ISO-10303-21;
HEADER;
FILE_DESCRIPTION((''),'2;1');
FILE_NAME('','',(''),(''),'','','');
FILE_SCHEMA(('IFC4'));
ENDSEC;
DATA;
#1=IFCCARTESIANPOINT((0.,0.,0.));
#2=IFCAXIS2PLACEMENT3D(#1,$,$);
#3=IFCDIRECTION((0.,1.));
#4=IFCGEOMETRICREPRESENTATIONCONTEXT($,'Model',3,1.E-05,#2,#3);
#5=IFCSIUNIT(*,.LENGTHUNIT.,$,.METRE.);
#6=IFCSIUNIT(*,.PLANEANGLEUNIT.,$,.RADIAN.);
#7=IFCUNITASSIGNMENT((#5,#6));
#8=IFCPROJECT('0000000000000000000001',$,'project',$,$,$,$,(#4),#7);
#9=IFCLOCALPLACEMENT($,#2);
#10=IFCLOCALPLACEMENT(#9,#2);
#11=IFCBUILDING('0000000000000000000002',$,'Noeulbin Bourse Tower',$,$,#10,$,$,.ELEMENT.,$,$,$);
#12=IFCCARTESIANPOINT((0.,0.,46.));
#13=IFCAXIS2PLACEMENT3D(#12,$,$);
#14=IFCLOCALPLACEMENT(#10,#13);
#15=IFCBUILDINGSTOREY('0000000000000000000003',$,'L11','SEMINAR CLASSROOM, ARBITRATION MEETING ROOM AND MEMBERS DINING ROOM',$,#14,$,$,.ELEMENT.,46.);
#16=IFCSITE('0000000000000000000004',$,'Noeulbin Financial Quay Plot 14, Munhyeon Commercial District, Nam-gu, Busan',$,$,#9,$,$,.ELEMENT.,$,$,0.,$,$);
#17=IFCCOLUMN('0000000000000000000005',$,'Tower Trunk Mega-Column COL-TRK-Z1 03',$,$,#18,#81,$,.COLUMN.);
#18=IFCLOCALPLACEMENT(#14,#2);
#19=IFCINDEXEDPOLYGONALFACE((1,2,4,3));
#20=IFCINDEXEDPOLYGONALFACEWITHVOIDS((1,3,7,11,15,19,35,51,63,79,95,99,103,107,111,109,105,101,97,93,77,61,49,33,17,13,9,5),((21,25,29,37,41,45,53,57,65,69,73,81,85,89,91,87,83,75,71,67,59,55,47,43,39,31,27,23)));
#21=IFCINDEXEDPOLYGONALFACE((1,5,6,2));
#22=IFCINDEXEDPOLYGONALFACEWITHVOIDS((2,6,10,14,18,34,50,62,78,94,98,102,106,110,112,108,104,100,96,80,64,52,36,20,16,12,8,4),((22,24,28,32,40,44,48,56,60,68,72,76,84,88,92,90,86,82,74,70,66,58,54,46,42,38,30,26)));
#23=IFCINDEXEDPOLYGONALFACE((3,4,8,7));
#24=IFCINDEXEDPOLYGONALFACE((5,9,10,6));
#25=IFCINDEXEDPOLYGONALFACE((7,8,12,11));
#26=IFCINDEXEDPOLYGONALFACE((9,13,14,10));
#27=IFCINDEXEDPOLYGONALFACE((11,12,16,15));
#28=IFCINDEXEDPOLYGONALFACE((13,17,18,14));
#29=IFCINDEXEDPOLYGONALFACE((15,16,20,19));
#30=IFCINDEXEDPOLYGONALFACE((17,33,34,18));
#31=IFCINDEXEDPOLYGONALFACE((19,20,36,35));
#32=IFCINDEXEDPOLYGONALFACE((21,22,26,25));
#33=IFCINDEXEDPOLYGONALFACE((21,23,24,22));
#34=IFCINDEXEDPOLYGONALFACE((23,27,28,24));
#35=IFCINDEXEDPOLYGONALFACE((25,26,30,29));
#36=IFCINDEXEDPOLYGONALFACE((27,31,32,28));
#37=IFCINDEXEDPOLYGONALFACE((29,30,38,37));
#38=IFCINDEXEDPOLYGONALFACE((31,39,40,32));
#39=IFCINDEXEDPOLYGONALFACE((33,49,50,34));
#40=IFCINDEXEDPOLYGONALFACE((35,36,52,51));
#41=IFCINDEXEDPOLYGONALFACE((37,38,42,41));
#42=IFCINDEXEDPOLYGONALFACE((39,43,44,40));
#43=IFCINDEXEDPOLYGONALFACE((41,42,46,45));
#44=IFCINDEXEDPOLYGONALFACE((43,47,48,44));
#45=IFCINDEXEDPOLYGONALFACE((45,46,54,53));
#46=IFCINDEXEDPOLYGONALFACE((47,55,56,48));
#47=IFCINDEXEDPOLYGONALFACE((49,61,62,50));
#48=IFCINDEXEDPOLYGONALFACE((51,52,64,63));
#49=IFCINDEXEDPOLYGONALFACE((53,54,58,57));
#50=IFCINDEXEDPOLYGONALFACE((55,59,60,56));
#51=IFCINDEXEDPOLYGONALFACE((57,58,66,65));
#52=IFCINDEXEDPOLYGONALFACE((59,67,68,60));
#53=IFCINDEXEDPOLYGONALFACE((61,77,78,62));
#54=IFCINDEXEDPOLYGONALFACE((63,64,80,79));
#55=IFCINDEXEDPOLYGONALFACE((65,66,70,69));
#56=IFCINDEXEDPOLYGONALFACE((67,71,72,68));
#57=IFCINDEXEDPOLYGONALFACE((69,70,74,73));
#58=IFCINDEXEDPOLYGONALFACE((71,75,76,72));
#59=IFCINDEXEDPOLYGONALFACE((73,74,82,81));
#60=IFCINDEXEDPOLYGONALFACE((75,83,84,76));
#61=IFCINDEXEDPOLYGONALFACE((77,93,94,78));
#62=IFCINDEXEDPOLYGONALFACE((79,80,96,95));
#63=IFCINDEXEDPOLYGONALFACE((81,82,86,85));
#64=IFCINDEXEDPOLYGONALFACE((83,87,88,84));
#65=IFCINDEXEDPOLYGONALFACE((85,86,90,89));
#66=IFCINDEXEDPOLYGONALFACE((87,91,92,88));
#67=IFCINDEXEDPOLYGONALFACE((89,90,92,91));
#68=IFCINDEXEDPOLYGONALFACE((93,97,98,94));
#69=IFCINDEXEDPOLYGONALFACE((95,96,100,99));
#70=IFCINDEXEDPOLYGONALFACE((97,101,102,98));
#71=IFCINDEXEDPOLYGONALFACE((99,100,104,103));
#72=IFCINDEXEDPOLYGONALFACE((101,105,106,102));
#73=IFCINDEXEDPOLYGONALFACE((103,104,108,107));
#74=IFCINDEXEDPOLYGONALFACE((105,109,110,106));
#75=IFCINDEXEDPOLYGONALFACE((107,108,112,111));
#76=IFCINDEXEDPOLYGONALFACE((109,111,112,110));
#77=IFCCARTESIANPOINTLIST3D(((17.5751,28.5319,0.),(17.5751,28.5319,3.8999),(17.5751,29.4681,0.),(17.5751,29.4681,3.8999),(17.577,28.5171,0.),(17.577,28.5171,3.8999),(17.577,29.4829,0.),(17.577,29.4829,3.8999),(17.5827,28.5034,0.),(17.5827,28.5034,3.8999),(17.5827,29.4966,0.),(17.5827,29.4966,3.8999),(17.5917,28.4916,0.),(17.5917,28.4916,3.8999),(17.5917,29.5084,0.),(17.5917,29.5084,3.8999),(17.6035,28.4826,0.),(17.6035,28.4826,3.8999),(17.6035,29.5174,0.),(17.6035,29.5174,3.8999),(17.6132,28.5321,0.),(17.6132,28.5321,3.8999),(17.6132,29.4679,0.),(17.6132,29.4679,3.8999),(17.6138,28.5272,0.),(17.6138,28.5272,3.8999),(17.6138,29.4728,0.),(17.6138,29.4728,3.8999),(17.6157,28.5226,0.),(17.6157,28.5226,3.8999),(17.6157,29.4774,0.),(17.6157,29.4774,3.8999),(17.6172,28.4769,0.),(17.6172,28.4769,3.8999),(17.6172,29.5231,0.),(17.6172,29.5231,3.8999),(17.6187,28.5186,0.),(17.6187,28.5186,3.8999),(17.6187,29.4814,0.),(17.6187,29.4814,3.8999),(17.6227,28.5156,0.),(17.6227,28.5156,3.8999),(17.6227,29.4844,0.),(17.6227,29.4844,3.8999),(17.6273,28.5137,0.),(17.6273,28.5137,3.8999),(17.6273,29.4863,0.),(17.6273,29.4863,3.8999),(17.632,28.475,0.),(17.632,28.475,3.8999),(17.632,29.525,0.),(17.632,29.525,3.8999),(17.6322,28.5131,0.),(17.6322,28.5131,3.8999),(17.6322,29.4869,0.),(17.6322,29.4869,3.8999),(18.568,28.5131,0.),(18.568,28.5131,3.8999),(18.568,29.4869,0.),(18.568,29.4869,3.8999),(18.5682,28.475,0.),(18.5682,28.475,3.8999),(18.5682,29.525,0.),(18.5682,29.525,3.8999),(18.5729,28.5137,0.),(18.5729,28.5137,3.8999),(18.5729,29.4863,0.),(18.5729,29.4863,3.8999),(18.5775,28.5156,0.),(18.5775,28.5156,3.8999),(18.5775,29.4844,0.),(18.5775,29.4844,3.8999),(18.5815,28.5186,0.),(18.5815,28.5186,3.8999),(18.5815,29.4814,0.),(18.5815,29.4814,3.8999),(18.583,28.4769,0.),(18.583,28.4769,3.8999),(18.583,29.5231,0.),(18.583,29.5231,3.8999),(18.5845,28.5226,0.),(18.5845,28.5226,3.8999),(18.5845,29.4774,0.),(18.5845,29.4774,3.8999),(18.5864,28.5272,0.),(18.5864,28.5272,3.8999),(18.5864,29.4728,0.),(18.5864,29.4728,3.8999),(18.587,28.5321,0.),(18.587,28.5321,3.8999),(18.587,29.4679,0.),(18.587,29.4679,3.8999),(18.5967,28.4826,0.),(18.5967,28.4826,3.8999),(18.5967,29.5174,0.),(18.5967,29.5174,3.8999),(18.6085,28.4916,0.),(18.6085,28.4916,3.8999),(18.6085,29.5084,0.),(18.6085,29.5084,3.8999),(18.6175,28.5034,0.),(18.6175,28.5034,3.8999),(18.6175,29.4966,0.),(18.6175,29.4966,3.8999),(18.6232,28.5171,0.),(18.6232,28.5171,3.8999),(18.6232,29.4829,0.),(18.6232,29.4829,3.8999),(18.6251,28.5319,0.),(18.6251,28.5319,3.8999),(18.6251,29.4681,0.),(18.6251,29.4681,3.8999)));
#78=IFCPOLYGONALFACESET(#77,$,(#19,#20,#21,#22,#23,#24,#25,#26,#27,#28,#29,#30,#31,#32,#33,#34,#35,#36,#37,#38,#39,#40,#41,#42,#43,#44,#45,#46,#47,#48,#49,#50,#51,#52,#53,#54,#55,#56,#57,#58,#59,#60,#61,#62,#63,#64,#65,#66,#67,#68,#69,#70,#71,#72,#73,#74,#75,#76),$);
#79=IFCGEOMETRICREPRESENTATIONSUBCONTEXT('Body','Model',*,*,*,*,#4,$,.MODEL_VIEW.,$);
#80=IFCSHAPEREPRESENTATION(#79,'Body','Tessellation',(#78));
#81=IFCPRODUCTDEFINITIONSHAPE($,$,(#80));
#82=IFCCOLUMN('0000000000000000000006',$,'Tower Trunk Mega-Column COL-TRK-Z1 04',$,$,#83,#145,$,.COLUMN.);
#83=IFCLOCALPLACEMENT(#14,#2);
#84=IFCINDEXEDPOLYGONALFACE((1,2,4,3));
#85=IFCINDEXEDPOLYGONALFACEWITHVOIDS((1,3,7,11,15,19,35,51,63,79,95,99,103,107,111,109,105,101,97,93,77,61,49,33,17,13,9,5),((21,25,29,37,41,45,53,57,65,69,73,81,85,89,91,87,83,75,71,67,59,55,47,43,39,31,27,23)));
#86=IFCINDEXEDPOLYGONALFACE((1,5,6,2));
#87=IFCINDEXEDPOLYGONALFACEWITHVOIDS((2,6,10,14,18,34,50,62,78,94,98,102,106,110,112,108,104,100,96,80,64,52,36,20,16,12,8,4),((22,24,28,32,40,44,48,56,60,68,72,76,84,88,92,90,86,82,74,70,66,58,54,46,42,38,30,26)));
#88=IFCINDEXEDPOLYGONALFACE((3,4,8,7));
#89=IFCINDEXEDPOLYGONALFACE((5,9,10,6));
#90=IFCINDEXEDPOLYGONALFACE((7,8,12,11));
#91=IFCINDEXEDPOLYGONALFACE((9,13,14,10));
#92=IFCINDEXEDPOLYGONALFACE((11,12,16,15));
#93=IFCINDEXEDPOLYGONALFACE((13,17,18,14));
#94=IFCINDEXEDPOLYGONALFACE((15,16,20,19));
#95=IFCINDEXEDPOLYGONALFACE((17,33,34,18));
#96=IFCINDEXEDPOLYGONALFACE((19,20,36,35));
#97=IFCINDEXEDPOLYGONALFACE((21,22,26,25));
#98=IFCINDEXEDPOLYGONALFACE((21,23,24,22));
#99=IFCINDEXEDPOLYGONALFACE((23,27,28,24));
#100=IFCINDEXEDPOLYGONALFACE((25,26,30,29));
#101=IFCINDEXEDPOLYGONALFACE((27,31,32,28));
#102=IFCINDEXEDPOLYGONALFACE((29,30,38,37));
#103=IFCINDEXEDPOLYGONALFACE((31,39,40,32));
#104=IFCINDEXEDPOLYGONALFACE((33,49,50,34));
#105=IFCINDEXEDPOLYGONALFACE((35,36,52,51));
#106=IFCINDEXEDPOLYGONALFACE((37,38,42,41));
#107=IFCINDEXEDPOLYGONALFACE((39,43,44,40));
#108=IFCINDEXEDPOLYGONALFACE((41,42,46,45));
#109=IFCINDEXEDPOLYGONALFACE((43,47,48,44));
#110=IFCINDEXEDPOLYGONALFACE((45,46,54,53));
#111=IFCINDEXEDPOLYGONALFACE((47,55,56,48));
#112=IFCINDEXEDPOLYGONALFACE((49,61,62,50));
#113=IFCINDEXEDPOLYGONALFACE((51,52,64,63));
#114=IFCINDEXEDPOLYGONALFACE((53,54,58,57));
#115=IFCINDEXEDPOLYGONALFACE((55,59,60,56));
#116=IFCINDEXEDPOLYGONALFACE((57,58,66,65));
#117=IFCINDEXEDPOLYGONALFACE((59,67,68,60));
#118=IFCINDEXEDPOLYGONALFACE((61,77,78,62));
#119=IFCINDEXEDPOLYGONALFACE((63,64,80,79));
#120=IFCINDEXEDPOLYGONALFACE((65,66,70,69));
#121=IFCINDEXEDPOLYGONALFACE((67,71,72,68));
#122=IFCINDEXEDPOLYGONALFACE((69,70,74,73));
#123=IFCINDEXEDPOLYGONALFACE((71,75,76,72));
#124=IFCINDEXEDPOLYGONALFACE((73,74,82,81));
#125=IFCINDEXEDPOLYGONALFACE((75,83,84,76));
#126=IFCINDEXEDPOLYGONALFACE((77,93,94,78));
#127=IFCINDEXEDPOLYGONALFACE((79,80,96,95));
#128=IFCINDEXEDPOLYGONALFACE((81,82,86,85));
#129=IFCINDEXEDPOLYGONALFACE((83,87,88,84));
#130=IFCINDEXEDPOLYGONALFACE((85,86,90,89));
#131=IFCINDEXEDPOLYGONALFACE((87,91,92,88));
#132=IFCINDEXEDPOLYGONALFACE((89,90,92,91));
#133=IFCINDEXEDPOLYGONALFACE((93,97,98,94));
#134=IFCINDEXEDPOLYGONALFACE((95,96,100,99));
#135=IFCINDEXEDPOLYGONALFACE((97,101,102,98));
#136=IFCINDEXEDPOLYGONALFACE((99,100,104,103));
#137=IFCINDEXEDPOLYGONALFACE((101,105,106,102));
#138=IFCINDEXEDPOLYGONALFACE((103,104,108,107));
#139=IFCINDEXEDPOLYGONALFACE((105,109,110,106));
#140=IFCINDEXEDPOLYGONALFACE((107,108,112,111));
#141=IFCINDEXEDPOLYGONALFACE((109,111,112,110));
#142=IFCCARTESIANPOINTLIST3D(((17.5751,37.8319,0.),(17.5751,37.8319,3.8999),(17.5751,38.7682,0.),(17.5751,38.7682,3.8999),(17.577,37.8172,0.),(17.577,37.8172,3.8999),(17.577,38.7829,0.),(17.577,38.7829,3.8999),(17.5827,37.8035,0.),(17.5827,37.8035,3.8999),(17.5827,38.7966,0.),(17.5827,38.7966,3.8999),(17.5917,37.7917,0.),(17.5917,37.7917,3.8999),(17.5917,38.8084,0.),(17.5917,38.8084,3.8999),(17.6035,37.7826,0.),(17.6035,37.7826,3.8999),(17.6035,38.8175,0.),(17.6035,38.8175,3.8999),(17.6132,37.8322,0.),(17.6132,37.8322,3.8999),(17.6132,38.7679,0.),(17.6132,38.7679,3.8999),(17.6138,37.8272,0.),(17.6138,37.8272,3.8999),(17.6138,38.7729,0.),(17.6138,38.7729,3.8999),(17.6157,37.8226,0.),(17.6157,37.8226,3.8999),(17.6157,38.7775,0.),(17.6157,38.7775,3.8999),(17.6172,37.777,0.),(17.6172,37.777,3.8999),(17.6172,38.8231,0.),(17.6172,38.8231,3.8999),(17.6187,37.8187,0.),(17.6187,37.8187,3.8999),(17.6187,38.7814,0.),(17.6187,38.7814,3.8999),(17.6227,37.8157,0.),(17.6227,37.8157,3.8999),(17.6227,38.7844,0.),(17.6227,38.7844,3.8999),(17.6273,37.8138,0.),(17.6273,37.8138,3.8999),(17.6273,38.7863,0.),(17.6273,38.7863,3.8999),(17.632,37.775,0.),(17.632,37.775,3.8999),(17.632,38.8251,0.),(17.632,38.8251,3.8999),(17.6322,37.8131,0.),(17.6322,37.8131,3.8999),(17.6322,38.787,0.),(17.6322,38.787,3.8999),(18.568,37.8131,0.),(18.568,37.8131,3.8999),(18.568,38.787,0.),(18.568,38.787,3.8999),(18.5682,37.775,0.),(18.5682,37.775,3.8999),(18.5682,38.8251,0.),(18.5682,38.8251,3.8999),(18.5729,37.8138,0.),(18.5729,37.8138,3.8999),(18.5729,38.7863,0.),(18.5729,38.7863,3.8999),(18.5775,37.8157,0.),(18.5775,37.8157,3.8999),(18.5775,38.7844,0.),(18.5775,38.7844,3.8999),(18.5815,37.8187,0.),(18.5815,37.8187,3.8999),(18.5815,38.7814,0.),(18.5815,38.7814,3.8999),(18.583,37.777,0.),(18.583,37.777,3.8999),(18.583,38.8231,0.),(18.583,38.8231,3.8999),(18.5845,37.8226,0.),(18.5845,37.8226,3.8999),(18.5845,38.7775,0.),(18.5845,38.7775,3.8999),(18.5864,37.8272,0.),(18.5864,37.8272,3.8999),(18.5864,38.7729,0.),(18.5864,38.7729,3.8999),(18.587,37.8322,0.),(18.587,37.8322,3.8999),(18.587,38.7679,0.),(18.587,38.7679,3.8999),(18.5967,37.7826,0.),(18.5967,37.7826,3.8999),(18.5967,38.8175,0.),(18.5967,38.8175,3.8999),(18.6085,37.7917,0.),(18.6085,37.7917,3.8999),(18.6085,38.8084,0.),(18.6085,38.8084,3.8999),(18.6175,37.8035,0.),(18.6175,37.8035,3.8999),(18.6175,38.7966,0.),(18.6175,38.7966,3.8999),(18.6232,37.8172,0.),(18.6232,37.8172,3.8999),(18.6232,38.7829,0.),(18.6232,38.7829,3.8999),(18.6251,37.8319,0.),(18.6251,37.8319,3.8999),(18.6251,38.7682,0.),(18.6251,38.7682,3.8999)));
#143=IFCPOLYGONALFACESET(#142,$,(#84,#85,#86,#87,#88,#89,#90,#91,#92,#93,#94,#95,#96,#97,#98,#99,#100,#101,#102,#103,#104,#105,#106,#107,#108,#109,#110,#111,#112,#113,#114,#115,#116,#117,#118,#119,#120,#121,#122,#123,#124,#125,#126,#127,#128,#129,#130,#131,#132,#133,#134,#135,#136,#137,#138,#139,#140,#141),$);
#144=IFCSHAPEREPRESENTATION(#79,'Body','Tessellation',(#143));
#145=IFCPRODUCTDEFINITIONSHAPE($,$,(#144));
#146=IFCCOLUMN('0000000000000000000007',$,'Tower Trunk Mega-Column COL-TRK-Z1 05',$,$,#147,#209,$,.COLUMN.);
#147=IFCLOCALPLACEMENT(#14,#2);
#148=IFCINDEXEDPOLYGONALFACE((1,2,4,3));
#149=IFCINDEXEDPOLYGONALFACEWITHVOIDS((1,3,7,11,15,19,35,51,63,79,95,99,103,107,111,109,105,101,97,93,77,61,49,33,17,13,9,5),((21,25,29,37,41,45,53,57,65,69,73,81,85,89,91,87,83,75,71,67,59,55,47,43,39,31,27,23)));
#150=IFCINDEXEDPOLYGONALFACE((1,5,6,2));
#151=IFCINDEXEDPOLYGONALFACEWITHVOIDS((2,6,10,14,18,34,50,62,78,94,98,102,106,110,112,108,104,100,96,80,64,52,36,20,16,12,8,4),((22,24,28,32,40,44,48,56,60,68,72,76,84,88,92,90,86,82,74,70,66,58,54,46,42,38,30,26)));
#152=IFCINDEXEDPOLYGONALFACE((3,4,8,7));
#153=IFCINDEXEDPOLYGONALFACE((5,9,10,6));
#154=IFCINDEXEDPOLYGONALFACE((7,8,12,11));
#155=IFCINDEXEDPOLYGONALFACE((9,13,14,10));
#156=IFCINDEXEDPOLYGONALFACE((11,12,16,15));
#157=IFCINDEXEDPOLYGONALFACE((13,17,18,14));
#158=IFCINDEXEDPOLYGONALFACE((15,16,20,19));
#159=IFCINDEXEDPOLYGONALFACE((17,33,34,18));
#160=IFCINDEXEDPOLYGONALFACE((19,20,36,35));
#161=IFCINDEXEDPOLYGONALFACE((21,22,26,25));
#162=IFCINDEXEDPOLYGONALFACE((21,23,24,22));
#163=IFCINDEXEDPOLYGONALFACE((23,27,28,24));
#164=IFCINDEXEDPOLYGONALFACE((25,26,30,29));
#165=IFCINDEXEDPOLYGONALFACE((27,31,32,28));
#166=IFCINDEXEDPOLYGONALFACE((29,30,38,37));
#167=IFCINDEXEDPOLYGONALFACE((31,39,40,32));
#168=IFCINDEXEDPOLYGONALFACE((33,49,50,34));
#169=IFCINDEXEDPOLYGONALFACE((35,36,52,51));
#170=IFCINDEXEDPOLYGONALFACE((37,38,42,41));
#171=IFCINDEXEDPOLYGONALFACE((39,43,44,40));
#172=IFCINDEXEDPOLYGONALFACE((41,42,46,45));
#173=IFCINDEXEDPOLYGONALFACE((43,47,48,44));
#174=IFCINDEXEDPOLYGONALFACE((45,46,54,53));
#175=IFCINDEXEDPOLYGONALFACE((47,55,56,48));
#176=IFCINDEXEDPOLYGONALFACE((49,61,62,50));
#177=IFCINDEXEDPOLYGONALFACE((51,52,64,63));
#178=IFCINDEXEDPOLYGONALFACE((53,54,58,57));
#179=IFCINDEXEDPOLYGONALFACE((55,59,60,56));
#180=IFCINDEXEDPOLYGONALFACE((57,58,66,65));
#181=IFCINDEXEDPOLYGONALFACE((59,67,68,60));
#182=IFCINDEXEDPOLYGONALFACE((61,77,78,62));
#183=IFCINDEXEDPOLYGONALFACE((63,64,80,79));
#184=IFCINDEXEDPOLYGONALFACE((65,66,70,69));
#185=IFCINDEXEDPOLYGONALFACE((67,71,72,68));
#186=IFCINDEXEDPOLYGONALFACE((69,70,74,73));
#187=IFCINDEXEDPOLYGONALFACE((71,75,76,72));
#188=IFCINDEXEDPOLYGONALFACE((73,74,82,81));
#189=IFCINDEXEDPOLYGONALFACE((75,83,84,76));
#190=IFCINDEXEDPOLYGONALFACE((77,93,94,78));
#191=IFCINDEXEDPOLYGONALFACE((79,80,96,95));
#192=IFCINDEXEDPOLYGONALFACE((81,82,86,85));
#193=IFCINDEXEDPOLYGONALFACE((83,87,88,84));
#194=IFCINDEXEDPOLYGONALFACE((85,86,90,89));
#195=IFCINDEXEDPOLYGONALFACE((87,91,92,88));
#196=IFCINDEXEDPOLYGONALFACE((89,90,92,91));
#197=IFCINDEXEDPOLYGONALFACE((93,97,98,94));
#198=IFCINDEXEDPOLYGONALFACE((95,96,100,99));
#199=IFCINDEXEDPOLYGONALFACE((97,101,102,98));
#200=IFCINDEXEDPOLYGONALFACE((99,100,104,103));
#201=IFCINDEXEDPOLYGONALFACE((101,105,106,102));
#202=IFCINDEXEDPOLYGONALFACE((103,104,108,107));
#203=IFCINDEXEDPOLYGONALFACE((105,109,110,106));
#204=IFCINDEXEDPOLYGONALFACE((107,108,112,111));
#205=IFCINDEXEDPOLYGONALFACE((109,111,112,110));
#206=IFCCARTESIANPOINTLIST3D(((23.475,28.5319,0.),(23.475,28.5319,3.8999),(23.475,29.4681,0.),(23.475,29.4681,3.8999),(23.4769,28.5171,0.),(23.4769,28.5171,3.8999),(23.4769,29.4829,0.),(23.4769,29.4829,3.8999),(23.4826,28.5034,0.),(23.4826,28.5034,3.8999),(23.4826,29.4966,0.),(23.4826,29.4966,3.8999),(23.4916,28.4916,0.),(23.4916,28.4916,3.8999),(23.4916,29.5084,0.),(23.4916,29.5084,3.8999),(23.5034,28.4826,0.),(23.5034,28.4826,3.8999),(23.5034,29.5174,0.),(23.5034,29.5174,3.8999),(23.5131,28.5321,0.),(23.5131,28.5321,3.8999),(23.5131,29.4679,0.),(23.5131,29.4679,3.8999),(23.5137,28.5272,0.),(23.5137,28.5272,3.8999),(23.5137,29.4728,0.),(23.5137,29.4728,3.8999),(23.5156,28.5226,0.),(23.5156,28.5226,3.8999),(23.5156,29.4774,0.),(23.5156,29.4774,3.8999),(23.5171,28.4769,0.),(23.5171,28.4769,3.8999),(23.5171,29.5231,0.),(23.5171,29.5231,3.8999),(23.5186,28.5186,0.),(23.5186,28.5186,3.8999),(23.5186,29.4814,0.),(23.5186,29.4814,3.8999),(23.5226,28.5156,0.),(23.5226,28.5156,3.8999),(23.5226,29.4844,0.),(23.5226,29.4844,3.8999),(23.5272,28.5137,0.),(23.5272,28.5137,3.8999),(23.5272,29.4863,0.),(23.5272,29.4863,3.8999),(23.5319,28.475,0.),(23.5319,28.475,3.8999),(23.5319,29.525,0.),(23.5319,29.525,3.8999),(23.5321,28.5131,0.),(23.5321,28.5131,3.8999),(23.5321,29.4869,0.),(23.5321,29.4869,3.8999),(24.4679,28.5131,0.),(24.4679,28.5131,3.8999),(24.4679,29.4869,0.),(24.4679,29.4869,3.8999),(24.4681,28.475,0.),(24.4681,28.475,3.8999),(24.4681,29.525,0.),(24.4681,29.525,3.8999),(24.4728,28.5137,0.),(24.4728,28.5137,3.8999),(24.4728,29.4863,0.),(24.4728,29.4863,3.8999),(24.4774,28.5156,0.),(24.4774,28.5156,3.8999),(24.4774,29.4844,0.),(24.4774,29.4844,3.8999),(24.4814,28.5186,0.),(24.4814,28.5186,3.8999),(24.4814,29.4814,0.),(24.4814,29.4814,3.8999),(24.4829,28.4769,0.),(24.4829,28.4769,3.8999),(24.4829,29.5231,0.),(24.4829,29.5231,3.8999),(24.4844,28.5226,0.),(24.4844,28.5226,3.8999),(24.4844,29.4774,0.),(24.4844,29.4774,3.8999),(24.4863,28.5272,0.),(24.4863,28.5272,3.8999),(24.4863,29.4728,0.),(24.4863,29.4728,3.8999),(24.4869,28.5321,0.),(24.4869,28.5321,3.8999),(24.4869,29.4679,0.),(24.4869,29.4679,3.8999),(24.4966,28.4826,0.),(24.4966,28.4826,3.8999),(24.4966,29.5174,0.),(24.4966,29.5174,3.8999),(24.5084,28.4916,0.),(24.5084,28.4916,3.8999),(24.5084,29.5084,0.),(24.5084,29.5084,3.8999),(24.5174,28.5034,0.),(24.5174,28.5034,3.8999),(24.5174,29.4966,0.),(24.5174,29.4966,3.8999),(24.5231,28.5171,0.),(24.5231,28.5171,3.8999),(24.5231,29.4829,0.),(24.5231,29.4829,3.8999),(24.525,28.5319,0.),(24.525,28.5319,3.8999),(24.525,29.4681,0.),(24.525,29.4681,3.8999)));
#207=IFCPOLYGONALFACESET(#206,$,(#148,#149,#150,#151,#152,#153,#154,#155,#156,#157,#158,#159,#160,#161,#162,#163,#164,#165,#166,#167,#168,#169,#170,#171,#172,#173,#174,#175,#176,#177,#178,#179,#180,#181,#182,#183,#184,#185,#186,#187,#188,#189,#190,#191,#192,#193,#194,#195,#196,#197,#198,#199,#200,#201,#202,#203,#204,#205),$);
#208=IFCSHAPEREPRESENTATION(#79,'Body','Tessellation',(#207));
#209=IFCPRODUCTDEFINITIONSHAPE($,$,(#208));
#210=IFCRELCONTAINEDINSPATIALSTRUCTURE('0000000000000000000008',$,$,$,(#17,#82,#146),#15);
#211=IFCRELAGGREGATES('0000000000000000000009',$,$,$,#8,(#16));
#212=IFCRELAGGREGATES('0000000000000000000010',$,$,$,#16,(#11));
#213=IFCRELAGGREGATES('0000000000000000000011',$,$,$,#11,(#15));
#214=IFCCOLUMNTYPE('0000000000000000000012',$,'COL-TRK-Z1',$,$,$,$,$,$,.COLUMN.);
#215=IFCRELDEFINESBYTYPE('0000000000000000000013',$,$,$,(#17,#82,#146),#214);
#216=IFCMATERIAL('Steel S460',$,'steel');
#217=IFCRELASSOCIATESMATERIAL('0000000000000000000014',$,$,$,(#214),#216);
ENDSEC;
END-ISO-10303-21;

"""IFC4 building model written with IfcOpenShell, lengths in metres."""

from ifc_helpers import new_model, si_unit, direction, frame, origin, origin_2d, place, context, subcontext, project, spatial, hollow_rectangle, extrude, material, material_profile, profile_set, type_object, element, save


model = new_model("IFC4")

# Units and contexts
model_context = context("Model", 3, precision=1e-05, world=origin(), true_north=direction((0.0, 1.0)))
body_context = subcontext(model_context, "Body", "Model", "MODEL_VIEW")
ifc_project = project(units=[si_unit("LENGTHUNIT", "METRE"), si_unit("PLANEANGLEUNIT", "RADIAN")], contexts=[model_context])

# Site, building, storey
site_placement = place(None, origin())
site = spatial("IfcSite", under=ifc_project, at=site_placement, Name="Noeulbin Financial Quay Plot 14, Munhyeon Commercial District, Nam-gu, Busan", CompositionType="ELEMENT", RefElevation=0.0)
building_placement = place(site_placement, origin())
building = spatial("IfcBuilding", under=site, at=building_placement, Name="Noeulbin Bourse Tower", CompositionType="ELEMENT")
storey_placement = place(building_placement, frame((0.0, 0.0, 46.0)))
storey = spatial("IfcBuildingStorey", under=building, at=storey_placement, Name="L11", Description="SEMINAR CLASSROOM, ARBITRATION MEETING ROOM AND MEMBERS DINING ROOM", CompositionType="ELEMENT", Elevation=46.0)

# Columns
ifc_material_1 = material(Name="Steel S460", Category="steel")
ifc_material_profile_1 = material_profile(ifc_material_1, hollow_rectangle(XDim=1.05, YDim=1.05, WallThickness=0.0381, InnerFilletRadius=0.019, OuterFilletRadius=0.0569, at=origin_2d()), Name="BOX-1050x1050x38", Category="LoadBearing")
ifc_profile_set_1 = profile_set([ifc_material_profile_1], Name="Steel S460")
column_type = type_object("IfcColumnType", Name="COL-TRK-Z1", PredefinedType="COLUMN", material=ifc_profile_set_1)
for number, where, z_axis, x_axis, name in (
    (1, (18.1001, 29.0, 0.0), (0.0, 0.0, 1.0), (1.0, 0.0, 0.0), "Tower Trunk Mega-Column COL-TRK-Z1 03"),
    (2, (18.1001, 38.3, 0.0), (0.0, 0.0, 1.0), (1.0, 0.0, 0.0), "Tower Trunk Mega-Column COL-TRK-Z1 04"),
    (3, (24.0, 29.0, 0.0), (0.0, 0.0, 1.0), (1.0, 0.0, 0.0), "Tower Trunk Mega-Column COL-TRK-Z1 05"),
):
    element("IfcColumn", number, at=place(storey_placement, frame(where, z_axis=z_axis, x_axis=x_axis)), inside=storey, type_object=column_type, Name=name, PredefinedType="COLUMN", context=body_context, shape_type="SweptSolid", body=[
        extrude(hollow_rectangle(XDim=1.05, YDim=1.05, WallThickness=0.0381, InnerFilletRadius=0.019, OuterFilletRadius=0.0569, at=origin_2d()), origin(), (0.0, 0.0, 1.0), 3.8999),
    ])

save(model, "model.ifc")
